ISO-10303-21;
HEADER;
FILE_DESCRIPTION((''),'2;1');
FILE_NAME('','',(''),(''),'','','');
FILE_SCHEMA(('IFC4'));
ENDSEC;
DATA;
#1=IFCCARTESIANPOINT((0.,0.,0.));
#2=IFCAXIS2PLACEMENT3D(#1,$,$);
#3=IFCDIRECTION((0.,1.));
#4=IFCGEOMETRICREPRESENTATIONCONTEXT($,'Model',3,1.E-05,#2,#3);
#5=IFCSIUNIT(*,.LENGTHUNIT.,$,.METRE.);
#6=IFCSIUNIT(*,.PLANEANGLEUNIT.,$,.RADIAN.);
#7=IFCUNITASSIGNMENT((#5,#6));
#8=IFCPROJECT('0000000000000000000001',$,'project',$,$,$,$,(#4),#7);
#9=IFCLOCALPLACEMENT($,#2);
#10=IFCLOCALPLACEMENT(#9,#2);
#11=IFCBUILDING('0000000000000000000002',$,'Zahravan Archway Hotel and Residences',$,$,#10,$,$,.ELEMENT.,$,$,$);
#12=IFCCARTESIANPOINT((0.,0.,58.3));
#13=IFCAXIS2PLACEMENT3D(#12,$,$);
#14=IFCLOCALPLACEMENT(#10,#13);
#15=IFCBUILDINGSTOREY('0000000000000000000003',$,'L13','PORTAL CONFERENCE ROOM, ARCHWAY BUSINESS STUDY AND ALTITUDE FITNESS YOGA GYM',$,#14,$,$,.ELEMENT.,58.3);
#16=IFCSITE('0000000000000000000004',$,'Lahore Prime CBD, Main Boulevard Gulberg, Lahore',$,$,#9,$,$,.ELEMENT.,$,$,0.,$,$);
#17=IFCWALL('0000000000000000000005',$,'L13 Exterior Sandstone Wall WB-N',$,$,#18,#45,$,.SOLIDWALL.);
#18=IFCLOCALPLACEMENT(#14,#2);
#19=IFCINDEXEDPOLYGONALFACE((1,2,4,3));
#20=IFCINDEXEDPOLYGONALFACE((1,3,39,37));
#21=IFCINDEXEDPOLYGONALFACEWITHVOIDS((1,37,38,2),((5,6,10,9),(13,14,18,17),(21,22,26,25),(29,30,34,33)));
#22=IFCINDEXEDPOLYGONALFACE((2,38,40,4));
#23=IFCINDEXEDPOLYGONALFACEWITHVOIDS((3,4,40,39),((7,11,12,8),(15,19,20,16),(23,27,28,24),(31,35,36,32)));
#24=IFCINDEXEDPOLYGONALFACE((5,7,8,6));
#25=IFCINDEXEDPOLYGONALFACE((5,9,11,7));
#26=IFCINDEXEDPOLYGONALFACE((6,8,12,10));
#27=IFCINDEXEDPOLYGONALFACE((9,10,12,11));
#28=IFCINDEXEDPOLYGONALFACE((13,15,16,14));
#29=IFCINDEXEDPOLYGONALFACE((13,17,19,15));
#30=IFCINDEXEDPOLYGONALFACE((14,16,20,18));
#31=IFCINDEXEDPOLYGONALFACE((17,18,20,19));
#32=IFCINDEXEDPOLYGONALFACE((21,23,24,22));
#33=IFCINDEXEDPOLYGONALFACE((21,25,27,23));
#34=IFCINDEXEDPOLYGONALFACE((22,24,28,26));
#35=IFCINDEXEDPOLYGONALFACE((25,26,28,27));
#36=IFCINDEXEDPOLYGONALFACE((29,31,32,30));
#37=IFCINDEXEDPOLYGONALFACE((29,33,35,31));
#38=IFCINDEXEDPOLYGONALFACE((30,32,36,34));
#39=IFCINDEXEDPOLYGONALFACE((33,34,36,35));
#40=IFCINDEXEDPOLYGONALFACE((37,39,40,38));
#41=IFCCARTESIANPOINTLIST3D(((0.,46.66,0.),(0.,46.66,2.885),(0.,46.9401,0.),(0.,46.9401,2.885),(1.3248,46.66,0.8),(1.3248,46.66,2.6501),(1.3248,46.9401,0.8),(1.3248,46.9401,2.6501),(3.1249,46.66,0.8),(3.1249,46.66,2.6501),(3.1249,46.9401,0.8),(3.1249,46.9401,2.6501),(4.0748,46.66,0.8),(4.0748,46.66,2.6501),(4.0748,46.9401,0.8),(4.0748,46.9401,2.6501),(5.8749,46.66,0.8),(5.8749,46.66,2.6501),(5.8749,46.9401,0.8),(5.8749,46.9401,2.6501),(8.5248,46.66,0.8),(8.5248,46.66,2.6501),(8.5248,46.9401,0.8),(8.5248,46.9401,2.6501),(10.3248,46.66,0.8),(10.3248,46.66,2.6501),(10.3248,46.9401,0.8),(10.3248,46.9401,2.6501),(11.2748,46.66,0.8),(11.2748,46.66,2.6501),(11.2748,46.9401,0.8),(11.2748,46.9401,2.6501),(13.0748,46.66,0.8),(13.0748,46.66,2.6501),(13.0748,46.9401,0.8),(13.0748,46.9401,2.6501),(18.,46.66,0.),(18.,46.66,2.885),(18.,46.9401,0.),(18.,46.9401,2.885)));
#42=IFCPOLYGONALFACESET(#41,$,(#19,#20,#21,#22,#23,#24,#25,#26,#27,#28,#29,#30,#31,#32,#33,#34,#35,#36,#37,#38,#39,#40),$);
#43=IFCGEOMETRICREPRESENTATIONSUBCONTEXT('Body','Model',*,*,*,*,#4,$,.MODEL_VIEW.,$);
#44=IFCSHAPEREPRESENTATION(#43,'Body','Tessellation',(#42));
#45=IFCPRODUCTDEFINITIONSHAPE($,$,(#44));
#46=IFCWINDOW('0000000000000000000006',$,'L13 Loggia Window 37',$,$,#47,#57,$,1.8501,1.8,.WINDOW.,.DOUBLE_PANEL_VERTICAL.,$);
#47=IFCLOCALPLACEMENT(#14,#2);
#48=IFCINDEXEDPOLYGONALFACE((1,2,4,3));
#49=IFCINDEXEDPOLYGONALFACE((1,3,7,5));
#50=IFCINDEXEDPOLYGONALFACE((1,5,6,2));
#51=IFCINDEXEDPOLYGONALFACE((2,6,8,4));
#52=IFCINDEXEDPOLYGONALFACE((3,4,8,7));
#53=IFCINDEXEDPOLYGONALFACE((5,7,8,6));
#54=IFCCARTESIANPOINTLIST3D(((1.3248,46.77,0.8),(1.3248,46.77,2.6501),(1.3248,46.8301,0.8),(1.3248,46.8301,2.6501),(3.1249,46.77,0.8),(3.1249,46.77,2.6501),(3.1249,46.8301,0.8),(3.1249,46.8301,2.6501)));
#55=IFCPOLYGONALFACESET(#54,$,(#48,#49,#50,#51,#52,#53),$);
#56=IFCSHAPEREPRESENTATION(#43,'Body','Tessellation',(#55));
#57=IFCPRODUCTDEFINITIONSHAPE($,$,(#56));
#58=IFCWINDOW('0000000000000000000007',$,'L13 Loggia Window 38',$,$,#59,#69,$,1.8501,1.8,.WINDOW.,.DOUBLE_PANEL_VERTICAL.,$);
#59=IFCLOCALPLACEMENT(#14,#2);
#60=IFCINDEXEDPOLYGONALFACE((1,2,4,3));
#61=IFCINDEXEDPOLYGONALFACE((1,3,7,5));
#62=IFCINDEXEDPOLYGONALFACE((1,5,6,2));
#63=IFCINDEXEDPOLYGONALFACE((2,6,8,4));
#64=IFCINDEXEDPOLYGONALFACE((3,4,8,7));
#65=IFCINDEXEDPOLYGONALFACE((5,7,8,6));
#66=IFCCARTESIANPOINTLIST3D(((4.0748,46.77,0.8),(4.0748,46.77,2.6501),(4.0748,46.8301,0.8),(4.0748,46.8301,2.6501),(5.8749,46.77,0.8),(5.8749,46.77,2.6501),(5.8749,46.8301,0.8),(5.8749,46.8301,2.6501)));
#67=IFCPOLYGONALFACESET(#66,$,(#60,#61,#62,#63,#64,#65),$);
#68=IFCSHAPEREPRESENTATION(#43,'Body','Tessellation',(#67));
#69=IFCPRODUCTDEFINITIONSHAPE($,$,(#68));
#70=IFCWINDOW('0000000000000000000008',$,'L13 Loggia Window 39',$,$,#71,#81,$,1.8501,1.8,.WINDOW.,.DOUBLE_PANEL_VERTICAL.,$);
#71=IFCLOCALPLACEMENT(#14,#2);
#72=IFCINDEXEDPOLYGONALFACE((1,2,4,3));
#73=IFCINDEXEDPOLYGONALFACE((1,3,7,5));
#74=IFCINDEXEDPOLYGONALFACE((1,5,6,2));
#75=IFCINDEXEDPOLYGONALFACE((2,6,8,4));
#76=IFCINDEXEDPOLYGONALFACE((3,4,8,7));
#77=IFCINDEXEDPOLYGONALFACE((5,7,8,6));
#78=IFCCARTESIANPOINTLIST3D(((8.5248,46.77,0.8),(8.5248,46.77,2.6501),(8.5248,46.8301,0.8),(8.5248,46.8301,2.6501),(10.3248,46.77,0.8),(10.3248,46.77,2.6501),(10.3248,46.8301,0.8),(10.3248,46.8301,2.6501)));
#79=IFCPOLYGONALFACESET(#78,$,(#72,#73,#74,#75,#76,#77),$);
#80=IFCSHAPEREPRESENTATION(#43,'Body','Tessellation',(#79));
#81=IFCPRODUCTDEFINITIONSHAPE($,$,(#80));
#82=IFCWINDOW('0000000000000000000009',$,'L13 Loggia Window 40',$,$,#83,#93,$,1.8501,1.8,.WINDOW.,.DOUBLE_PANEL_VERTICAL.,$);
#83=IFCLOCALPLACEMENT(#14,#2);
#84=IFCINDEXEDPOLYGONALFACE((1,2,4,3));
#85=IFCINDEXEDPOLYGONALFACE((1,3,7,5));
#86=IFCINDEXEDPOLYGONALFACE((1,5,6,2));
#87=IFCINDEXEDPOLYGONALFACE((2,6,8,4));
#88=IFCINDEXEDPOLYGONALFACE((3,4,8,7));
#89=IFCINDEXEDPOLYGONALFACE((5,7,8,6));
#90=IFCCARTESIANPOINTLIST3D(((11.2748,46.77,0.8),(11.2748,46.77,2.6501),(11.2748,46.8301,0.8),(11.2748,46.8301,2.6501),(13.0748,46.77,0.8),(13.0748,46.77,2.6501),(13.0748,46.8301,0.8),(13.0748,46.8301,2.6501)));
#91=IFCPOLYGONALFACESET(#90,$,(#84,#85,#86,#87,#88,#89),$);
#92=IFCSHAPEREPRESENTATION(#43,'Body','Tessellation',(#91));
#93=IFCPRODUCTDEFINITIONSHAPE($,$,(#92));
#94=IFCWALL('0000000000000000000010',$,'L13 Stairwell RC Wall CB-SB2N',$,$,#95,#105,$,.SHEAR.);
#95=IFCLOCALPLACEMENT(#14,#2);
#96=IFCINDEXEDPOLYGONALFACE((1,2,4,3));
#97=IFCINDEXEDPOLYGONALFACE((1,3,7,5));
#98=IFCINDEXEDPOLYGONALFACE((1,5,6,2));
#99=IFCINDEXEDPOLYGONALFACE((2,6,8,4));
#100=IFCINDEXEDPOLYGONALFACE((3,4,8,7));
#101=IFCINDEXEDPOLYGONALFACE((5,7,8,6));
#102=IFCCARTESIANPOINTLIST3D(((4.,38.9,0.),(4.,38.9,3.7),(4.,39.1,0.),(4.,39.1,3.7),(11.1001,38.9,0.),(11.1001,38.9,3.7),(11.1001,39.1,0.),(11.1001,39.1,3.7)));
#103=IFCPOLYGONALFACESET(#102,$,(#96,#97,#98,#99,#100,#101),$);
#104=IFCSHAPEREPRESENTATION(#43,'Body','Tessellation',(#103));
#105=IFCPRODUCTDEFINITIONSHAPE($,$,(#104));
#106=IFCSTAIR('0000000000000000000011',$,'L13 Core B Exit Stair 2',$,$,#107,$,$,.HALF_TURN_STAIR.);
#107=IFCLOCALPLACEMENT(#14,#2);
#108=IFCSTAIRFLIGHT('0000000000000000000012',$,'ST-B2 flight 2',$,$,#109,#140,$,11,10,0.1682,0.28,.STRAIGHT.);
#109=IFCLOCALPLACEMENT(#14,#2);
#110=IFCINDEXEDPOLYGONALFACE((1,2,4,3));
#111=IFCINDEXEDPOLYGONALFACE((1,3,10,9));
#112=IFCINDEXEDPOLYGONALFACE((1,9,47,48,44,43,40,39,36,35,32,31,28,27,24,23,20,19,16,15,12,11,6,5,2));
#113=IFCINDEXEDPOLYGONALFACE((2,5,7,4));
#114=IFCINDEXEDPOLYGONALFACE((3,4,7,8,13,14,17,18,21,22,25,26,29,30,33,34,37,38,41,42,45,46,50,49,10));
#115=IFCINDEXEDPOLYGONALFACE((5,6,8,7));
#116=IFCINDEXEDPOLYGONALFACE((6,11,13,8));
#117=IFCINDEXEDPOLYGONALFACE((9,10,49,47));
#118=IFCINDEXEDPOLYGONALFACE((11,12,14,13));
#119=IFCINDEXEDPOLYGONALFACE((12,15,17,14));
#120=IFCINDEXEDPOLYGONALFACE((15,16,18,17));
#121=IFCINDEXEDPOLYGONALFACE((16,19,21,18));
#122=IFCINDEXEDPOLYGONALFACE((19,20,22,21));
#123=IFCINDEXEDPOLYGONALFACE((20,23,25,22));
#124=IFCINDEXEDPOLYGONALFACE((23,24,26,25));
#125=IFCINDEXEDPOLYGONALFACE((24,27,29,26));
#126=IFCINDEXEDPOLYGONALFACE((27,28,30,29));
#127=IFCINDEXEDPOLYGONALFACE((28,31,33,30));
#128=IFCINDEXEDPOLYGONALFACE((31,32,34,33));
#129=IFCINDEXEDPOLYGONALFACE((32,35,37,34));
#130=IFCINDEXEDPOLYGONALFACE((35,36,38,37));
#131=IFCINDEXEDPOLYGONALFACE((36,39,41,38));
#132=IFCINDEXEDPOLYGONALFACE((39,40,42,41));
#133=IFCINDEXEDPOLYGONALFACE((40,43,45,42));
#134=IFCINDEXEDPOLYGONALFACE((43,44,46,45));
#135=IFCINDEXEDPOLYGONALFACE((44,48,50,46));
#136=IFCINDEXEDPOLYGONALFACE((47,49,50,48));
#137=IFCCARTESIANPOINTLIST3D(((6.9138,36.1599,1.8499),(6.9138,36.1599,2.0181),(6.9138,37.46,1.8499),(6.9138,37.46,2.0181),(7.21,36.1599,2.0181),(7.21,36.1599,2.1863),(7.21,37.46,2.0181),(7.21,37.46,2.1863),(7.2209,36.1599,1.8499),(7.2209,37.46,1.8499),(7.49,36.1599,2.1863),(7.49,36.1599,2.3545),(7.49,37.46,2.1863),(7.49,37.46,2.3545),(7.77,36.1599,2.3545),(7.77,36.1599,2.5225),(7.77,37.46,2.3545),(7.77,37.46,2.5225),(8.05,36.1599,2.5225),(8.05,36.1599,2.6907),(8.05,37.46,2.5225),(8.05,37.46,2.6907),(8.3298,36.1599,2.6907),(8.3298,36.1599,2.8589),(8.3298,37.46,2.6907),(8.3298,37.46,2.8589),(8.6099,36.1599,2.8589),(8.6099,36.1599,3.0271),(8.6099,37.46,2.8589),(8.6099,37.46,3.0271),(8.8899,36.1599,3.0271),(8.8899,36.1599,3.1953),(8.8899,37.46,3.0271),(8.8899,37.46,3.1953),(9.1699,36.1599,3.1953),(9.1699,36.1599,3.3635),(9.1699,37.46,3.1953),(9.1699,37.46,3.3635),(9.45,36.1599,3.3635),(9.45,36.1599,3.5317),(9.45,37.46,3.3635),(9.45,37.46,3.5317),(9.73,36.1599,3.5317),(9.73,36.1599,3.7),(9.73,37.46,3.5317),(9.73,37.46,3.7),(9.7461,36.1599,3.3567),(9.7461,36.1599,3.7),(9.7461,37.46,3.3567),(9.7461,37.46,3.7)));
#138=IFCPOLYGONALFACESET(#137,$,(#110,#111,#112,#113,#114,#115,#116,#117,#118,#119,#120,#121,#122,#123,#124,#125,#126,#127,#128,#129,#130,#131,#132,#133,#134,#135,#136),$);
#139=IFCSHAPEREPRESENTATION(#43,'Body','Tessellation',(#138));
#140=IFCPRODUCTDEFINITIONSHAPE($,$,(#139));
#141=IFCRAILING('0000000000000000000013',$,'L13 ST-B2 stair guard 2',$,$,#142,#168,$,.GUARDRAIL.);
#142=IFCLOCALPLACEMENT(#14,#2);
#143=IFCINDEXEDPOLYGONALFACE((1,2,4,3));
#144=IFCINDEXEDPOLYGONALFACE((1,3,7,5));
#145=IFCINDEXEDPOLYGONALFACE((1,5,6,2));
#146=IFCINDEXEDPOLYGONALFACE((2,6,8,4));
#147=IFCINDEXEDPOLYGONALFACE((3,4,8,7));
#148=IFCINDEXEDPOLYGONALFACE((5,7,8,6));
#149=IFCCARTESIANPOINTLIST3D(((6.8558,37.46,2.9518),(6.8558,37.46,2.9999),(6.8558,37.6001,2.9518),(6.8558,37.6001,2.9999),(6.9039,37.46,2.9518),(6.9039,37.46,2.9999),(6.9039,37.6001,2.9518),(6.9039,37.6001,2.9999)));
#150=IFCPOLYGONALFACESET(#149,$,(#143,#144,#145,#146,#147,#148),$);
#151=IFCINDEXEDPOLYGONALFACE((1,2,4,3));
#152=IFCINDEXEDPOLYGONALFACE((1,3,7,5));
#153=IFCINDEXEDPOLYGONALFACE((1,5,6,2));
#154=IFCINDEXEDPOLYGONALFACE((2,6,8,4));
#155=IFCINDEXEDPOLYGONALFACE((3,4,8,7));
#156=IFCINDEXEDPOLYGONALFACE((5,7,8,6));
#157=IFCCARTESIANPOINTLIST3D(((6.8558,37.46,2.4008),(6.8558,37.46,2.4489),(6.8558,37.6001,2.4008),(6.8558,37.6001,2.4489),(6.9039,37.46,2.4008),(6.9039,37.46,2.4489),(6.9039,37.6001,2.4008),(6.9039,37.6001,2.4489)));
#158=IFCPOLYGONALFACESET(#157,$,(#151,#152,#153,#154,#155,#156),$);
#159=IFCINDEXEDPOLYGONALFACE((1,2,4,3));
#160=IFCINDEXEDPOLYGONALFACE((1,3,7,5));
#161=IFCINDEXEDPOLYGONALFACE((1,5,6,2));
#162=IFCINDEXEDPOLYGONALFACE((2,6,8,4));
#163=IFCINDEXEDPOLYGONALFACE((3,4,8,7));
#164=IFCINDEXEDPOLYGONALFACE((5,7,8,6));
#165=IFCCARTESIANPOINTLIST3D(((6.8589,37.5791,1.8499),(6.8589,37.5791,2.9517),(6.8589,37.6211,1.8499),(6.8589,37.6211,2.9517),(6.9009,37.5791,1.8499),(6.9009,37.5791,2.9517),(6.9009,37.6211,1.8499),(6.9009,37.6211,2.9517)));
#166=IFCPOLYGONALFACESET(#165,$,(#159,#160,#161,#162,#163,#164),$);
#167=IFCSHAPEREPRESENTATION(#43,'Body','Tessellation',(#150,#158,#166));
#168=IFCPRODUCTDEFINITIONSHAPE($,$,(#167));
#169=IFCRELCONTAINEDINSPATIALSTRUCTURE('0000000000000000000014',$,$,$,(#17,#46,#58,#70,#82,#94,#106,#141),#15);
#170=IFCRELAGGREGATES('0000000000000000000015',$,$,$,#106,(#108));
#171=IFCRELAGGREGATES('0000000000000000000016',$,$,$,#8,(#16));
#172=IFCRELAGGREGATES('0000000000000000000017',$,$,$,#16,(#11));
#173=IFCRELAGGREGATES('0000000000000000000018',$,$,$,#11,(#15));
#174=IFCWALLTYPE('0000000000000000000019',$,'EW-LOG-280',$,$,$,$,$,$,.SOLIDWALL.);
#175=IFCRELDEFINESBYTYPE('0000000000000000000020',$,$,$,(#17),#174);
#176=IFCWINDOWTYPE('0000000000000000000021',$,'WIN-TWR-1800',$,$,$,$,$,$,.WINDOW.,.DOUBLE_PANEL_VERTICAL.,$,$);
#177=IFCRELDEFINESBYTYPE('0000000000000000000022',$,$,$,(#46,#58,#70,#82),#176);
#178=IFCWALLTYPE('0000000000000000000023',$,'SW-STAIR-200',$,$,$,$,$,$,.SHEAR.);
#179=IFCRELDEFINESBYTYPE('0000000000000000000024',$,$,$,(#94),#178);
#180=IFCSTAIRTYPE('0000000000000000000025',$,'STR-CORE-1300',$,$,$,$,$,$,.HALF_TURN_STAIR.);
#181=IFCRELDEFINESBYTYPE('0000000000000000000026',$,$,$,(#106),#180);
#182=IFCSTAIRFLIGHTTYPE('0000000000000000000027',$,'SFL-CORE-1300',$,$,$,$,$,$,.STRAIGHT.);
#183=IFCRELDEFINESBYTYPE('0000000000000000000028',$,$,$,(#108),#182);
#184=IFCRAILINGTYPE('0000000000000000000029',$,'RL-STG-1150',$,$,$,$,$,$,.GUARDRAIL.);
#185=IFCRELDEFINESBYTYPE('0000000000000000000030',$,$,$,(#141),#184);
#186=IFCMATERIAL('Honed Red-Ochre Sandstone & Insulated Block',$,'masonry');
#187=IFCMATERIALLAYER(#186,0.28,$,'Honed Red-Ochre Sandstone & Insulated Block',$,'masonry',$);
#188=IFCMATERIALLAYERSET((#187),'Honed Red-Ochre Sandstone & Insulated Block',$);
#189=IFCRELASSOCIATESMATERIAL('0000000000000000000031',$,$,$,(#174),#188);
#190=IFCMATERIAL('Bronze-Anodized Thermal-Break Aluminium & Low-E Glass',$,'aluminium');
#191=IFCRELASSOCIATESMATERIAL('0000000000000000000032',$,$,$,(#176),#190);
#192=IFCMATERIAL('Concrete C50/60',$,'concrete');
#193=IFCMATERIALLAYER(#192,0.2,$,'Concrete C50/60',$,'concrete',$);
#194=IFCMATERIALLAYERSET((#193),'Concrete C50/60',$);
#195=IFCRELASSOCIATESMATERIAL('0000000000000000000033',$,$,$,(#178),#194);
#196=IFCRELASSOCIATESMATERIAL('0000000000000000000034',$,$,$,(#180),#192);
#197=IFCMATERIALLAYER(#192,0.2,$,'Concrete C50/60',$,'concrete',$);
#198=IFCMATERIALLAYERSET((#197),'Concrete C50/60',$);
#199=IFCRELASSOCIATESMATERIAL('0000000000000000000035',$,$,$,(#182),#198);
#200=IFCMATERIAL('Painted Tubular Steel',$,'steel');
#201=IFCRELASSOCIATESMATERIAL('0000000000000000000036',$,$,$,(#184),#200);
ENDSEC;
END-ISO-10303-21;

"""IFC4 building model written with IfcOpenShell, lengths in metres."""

from ifc_helpers import new_model, si_unit, direction, frame, frame_2d, origin, origin_2d, place, context, subcontext, project, spatial, polyline, rectangle, outline, extrude, source, transform, mapped, material, layer, layer_set, type_object, type_shapes, element, fill, aggregate, save


model = new_model("IFC4")

# Units and contexts
model_context = context("Model", 3, precision=1e-05, world=origin(), true_north=direction((0.0, 1.0)))
body_context = subcontext(model_context, "Body", "Model", "MODEL_VIEW")
ifc_project = project(units=[si_unit("LENGTHUNIT", "METRE"), si_unit("PLANEANGLEUNIT", "RADIAN")], contexts=[model_context])

# Site, building, storey
site_placement = place(None, origin())
site = spatial("IfcSite", under=ifc_project, at=site_placement, Name="Lahore Prime CBD, Main Boulevard Gulberg, Lahore", CompositionType="ELEMENT", RefElevation=0.0)
building_placement = place(site_placement, origin())
building = spatial("IfcBuilding", under=site, at=building_placement, Name="Zahravan Archway Hotel and Residences", CompositionType="ELEMENT")
storey_placement = place(building_placement, frame((0.0, 0.0, 58.3)))
storey = spatial("IfcBuildingStorey", under=building, at=storey_placement, Name="L13", Description="PORTAL CONFERENCE ROOM, ARCHWAY BUSINESS STUDY AND ALTITUDE FITNESS YOGA GYM", CompositionType="ELEMENT", Elevation=58.3)

# Wall, openings, windows
ifc_material_1 = material(Name="Honed Red-Ochre Sandstone & Insulated Block", Category="masonry")
ifc_layer_1 = layer(ifc_material_1, 0.28, Name="Honed Red-Ochre Sandstone & Insulated Block", Category="masonry")
ifc_layer_set_1 = layer_set([ifc_layer_1], Name="Honed Red-Ochre Sandstone & Insulated Block")
wall_type_1 = type_object("IfcWallType", Name="EW-LOG-280", PredefinedType="SOLIDWALL", material=ifc_layer_set_1)
wall_1_placement = place(storey_placement, frame((0.0, 46.8, 0.0), z_axis=(0.0, 0.0, 1.0), x_axis=(1.0, 0.0, 0.0)))
wall_1 = element("IfcWall", 1, at=wall_1_placement, inside=storey, type_object=wall_type_1, Name="L13 Exterior Sandstone Wall WB-N", PredefinedType="SOLIDWALL", context=body_context, shape_type="SweptSolid", body=[
    extrude(rectangle(XDim=18.0, YDim=0.28, at=frame_2d((9.0, 0.0))), origin(), (0.0, 0.0, 1.0), 2.885),
])
opening_1_placement = place(wall_1_placement, frame((1.325, 0.0, 0.8)))
opening_1 = element("IfcOpeningElement", 2, at=opening_1_placement, cuts=wall_1, PredefinedType="OPENING", context=body_context, shape_type="SweptSolid", body=[
    extrude(rectangle(XDim=1.8, YDim=1.8501, at=frame_2d((0.8999, 0.925))), frame((0.0, 0.1499, 0.0), z_axis=(0.0, -1.0, 0.0), x_axis=(1.0, 0.0, 0.0)), (0.0, 0.0, 1.0), 0.3),
])
opening_2_placement = place(wall_1_placement, frame((4.075, 0.0, 0.8)))
opening_2 = element("IfcOpeningElement", 3, at=opening_2_placement, cuts=wall_1, PredefinedType="OPENING", context=body_context, shape_type="SweptSolid", body=[
    extrude(rectangle(XDim=1.8, YDim=1.8501, at=frame_2d((0.8999, 0.925))), frame((0.0, 0.1499, 0.0), z_axis=(0.0, -1.0, 0.0), x_axis=(1.0, 0.0, 0.0)), (0.0, 0.0, 1.0), 0.3),
])
opening_3_placement = place(wall_1_placement, frame((8.5249, 0.0, 0.8)))
opening_3 = element("IfcOpeningElement", 4, at=opening_3_placement, cuts=wall_1, PredefinedType="OPENING", context=body_context, shape_type="SweptSolid", body=[
    extrude(rectangle(XDim=1.8, YDim=1.8501, at=frame_2d((0.8999, 0.925))), frame((0.0, 0.1499, 0.0), z_axis=(0.0, -1.0, 0.0), x_axis=(1.0, 0.0, 0.0)), (0.0, 0.0, 1.0), 0.3),
])
opening_4_placement = place(wall_1_placement, frame((11.2749, 0.0, 0.8)))
opening_4 = element("IfcOpeningElement", 5, at=opening_4_placement, cuts=wall_1, PredefinedType="OPENING", context=body_context, shape_type="SweptSolid", body=[
    extrude(rectangle(XDim=1.8, YDim=1.8501, at=frame_2d((0.8999, 0.925))), frame((0.0, 0.1499, 0.0), z_axis=(0.0, -1.0, 0.0), x_axis=(1.0, 0.0, 0.0)), (0.0, 0.0, 1.0), 0.3),
])
ifc_material_2 = material(Name="Bronze-Anodized Thermal-Break Aluminium & Low-E Glass", Category="aluminium")
window_type = type_object("IfcWindowType", Name="WIN-TWR-1800", PartitioningType="DOUBLE_PANEL_VERTICAL", PredefinedType="WINDOW", material=ifc_material_2)
shared_shape_1 = source(origin(), body_context, "Body", "SweptSolid", [
    extrude(rectangle(XDim=1.8, YDim=1.8501, at=frame_2d((0.8999, 0.925))), frame((0.0, 0.03, 0.0), z_axis=(0.0, -1.0, 0.0), x_axis=(1.0, 0.0, 0.0)), (0.0, 0.0, 1.0), 0.0601),
])
type_shapes(window_type, [shared_shape_1])
window_1_placement = place(opening_1_placement, origin())
window_1 = element("IfcWindow", 6, at=window_1_placement, inside=storey, type_object=window_type, Name="L13 Loggia Window 37", OverallHeight=1.8501, OverallWidth=1.8, PartitioningType="DOUBLE_PANEL_VERTICAL", PredefinedType="WINDOW", context=body_context, shape_type="MappedRepresentation", body=[
    mapped(shared_shape_1, transform((0.0, 0.0, 0.0), scale=1.0)),
])
fill(opening_1, window_1)
window_2_placement = place(opening_2_placement, origin())
window_2 = element("IfcWindow", 7, at=window_2_placement, inside=storey, type_object=window_type, Name="L13 Loggia Window 38", OverallHeight=1.8501, OverallWidth=1.8, PartitioningType="DOUBLE_PANEL_VERTICAL", PredefinedType="WINDOW", context=body_context, shape_type="MappedRepresentation", body=[
    mapped(shared_shape_1, transform((0.0, 0.0, 0.0), scale=1.0)),
])
fill(opening_2, window_2)
window_3_placement = place(opening_3_placement, origin())
window_3 = element("IfcWindow", 8, at=window_3_placement, inside=storey, type_object=window_type, Name="L13 Loggia Window 39", OverallHeight=1.8501, OverallWidth=1.8, PartitioningType="DOUBLE_PANEL_VERTICAL", PredefinedType="WINDOW", context=body_context, shape_type="MappedRepresentation", body=[
    mapped(shared_shape_1, transform((0.0, 0.0, 0.0), scale=1.0)),
])
fill(opening_3, window_3)
window_4_placement = place(opening_4_placement, origin())
window_4 = element("IfcWindow", 9, at=window_4_placement, inside=storey, type_object=window_type, Name="L13 Loggia Window 40", OverallHeight=1.8501, OverallWidth=1.8, PartitioningType="DOUBLE_PANEL_VERTICAL", PredefinedType="WINDOW", context=body_context, shape_type="MappedRepresentation", body=[
    mapped(shared_shape_1, transform((0.0, 0.0, 0.0), scale=1.0)),
])
fill(opening_4, window_4)

# Wall
ifc_material_3 = material(Name="Concrete C50/60", Category="concrete")
ifc_layer_2 = layer(ifc_material_3, 0.2, Name="Concrete C50/60", Category="concrete")
ifc_layer_set_2 = layer_set([ifc_layer_2], Name="Concrete C50/60")
wall_type_2 = type_object("IfcWallType", Name="SW-STAIR-200", PredefinedType="SHEAR", material=ifc_layer_set_2)
wall_2_placement = place(storey_placement, frame((4.0, 39.0, 0.0), z_axis=(0.0, 0.0, 1.0), x_axis=(1.0, 0.0, 0.0)))
element("IfcWall", 10, at=wall_2_placement, inside=storey, type_object=wall_type_2, Name="L13 Stairwell RC Wall CB-SB2N", PredefinedType="SHEAR", context=body_context, shape_type="SweptSolid", body=[
    extrude(rectangle(XDim=7.1001, YDim=0.2, at=frame_2d((3.55, 0.0))), origin(), (0.0, 0.0, 1.0), 3.7),
])

# Stair, stair flight
stair_type = type_object("IfcStairType", Name="STR-CORE-1300", PredefinedType="HALF_TURN_STAIR", material=ifc_material_3)
stair_placement = place(storey_placement, origin())
stair = element("IfcStair", 11, at=stair_placement, inside=storey, type_object=stair_type, Name="L13 Core B Exit Stair 2", PredefinedType="HALF_TURN_STAIR")
ifc_layer_3 = layer(ifc_material_3, 0.2, Name="Concrete C50/60", Category="concrete")
ifc_layer_set_3 = layer_set([ifc_layer_3], Name="Concrete C50/60")
stair_flight_type = type_object("IfcStairFlightType", Name="SFL-CORE-1300", PredefinedType="STRAIGHT", material=ifc_layer_set_3)
shared_shape_2 = source(origin(), body_context, "Body", "SweptSolid", [
    extrude(outline(polyline([(-0.0161, 0.0), (-0.0161, 0.1682), (0.28, 0.1682), (0.28, 0.3364), (0.5601, 0.3364), (0.5601, 0.5046), (0.8401, 0.5046), (0.8401, 0.6726), (1.1201, 0.6726), (1.1201, 0.8408), (1.3999, 0.8408), (1.3999, 1.009), (1.6799, 1.009), (1.6799, 1.1772), (1.96, 1.1772), (1.96, 1.3455), (2.24, 1.3455), (2.24, 1.5137), (2.52, 1.5137), (2.52, 1.6819), (2.8, 1.6819), (2.8, 1.8501), (2.8162, 1.8501), (2.8162, 1.5068), (0.291, 0.0), (-0.0161, 0.0)])), frame((0.0, 0.6499, 0.0), z_axis=(0.0, -1.0, 0.0), x_axis=(1.0, 0.0, 0.0)), (0.0, 0.0, 1.0), 1.3),
])
stair_flight_placement = place(storey_placement, frame((6.9299, 36.8101, 1.8499), z_axis=(0.0, 0.0, 1.0), x_axis=(1.0, 0.0, 0.0)))
stair_flight = element("IfcStairFlight", 12, at=stair_flight_placement, type_object=stair_flight_type, Name="ST-B2 flight 2", NumberOfRisers=11, NumberOfTreads=10, PredefinedType="STRAIGHT", RiserHeight=0.1682, TreadLength=0.28, context=body_context, shape_type="MappedRepresentation", body=[
    mapped(shared_shape_2, transform((0.0, 0.0, 0.0), scale=1.0)),
])
aggregate(stair, [stair_flight])

# Railing
ifc_material_4 = material(Name="Painted Tubular Steel", Category="steel")
railing_type_1 = type_object("IfcRailingType", Name="RL-STG-1150", PredefinedType="GUARDRAIL", material=ifc_material_4)
railing_1_placement = place(storey_placement, frame((6.8799, 37.6001, 1.8499)))
element("IfcRailing", 13, at=railing_1_placement, inside=storey, type_object=railing_type_1, Name="L13 ST-B2 stair guard 2", PredefinedType="GUARDRAIL", context=body_context, shape_type="SweptSolid", body=[
    extrude(rectangle(XDim=0.0481, YDim=0.0481, at=origin_2d()), frame((0.0, 0.0, 1.126), z_axis=(0.0, -1.0, 0.0), x_axis=(1.0, 0.0, 0.0)), (0.0, 0.0, 1.0), 0.1401),
    extrude(rectangle(XDim=0.0481, YDim=0.0481, at=origin_2d()), frame((0.0, 0.0, 0.575), z_axis=(0.0, -1.0, 0.0), x_axis=(1.0, 0.0, 0.0)), (0.0, 0.0, 1.0), 0.1401),
    extrude(rectangle(XDim=0.042, YDim=0.042, at=origin_2d()), origin(), (0.0, 0.0, 1.0), 1.1018),
])

save(model, "model.ifc")
